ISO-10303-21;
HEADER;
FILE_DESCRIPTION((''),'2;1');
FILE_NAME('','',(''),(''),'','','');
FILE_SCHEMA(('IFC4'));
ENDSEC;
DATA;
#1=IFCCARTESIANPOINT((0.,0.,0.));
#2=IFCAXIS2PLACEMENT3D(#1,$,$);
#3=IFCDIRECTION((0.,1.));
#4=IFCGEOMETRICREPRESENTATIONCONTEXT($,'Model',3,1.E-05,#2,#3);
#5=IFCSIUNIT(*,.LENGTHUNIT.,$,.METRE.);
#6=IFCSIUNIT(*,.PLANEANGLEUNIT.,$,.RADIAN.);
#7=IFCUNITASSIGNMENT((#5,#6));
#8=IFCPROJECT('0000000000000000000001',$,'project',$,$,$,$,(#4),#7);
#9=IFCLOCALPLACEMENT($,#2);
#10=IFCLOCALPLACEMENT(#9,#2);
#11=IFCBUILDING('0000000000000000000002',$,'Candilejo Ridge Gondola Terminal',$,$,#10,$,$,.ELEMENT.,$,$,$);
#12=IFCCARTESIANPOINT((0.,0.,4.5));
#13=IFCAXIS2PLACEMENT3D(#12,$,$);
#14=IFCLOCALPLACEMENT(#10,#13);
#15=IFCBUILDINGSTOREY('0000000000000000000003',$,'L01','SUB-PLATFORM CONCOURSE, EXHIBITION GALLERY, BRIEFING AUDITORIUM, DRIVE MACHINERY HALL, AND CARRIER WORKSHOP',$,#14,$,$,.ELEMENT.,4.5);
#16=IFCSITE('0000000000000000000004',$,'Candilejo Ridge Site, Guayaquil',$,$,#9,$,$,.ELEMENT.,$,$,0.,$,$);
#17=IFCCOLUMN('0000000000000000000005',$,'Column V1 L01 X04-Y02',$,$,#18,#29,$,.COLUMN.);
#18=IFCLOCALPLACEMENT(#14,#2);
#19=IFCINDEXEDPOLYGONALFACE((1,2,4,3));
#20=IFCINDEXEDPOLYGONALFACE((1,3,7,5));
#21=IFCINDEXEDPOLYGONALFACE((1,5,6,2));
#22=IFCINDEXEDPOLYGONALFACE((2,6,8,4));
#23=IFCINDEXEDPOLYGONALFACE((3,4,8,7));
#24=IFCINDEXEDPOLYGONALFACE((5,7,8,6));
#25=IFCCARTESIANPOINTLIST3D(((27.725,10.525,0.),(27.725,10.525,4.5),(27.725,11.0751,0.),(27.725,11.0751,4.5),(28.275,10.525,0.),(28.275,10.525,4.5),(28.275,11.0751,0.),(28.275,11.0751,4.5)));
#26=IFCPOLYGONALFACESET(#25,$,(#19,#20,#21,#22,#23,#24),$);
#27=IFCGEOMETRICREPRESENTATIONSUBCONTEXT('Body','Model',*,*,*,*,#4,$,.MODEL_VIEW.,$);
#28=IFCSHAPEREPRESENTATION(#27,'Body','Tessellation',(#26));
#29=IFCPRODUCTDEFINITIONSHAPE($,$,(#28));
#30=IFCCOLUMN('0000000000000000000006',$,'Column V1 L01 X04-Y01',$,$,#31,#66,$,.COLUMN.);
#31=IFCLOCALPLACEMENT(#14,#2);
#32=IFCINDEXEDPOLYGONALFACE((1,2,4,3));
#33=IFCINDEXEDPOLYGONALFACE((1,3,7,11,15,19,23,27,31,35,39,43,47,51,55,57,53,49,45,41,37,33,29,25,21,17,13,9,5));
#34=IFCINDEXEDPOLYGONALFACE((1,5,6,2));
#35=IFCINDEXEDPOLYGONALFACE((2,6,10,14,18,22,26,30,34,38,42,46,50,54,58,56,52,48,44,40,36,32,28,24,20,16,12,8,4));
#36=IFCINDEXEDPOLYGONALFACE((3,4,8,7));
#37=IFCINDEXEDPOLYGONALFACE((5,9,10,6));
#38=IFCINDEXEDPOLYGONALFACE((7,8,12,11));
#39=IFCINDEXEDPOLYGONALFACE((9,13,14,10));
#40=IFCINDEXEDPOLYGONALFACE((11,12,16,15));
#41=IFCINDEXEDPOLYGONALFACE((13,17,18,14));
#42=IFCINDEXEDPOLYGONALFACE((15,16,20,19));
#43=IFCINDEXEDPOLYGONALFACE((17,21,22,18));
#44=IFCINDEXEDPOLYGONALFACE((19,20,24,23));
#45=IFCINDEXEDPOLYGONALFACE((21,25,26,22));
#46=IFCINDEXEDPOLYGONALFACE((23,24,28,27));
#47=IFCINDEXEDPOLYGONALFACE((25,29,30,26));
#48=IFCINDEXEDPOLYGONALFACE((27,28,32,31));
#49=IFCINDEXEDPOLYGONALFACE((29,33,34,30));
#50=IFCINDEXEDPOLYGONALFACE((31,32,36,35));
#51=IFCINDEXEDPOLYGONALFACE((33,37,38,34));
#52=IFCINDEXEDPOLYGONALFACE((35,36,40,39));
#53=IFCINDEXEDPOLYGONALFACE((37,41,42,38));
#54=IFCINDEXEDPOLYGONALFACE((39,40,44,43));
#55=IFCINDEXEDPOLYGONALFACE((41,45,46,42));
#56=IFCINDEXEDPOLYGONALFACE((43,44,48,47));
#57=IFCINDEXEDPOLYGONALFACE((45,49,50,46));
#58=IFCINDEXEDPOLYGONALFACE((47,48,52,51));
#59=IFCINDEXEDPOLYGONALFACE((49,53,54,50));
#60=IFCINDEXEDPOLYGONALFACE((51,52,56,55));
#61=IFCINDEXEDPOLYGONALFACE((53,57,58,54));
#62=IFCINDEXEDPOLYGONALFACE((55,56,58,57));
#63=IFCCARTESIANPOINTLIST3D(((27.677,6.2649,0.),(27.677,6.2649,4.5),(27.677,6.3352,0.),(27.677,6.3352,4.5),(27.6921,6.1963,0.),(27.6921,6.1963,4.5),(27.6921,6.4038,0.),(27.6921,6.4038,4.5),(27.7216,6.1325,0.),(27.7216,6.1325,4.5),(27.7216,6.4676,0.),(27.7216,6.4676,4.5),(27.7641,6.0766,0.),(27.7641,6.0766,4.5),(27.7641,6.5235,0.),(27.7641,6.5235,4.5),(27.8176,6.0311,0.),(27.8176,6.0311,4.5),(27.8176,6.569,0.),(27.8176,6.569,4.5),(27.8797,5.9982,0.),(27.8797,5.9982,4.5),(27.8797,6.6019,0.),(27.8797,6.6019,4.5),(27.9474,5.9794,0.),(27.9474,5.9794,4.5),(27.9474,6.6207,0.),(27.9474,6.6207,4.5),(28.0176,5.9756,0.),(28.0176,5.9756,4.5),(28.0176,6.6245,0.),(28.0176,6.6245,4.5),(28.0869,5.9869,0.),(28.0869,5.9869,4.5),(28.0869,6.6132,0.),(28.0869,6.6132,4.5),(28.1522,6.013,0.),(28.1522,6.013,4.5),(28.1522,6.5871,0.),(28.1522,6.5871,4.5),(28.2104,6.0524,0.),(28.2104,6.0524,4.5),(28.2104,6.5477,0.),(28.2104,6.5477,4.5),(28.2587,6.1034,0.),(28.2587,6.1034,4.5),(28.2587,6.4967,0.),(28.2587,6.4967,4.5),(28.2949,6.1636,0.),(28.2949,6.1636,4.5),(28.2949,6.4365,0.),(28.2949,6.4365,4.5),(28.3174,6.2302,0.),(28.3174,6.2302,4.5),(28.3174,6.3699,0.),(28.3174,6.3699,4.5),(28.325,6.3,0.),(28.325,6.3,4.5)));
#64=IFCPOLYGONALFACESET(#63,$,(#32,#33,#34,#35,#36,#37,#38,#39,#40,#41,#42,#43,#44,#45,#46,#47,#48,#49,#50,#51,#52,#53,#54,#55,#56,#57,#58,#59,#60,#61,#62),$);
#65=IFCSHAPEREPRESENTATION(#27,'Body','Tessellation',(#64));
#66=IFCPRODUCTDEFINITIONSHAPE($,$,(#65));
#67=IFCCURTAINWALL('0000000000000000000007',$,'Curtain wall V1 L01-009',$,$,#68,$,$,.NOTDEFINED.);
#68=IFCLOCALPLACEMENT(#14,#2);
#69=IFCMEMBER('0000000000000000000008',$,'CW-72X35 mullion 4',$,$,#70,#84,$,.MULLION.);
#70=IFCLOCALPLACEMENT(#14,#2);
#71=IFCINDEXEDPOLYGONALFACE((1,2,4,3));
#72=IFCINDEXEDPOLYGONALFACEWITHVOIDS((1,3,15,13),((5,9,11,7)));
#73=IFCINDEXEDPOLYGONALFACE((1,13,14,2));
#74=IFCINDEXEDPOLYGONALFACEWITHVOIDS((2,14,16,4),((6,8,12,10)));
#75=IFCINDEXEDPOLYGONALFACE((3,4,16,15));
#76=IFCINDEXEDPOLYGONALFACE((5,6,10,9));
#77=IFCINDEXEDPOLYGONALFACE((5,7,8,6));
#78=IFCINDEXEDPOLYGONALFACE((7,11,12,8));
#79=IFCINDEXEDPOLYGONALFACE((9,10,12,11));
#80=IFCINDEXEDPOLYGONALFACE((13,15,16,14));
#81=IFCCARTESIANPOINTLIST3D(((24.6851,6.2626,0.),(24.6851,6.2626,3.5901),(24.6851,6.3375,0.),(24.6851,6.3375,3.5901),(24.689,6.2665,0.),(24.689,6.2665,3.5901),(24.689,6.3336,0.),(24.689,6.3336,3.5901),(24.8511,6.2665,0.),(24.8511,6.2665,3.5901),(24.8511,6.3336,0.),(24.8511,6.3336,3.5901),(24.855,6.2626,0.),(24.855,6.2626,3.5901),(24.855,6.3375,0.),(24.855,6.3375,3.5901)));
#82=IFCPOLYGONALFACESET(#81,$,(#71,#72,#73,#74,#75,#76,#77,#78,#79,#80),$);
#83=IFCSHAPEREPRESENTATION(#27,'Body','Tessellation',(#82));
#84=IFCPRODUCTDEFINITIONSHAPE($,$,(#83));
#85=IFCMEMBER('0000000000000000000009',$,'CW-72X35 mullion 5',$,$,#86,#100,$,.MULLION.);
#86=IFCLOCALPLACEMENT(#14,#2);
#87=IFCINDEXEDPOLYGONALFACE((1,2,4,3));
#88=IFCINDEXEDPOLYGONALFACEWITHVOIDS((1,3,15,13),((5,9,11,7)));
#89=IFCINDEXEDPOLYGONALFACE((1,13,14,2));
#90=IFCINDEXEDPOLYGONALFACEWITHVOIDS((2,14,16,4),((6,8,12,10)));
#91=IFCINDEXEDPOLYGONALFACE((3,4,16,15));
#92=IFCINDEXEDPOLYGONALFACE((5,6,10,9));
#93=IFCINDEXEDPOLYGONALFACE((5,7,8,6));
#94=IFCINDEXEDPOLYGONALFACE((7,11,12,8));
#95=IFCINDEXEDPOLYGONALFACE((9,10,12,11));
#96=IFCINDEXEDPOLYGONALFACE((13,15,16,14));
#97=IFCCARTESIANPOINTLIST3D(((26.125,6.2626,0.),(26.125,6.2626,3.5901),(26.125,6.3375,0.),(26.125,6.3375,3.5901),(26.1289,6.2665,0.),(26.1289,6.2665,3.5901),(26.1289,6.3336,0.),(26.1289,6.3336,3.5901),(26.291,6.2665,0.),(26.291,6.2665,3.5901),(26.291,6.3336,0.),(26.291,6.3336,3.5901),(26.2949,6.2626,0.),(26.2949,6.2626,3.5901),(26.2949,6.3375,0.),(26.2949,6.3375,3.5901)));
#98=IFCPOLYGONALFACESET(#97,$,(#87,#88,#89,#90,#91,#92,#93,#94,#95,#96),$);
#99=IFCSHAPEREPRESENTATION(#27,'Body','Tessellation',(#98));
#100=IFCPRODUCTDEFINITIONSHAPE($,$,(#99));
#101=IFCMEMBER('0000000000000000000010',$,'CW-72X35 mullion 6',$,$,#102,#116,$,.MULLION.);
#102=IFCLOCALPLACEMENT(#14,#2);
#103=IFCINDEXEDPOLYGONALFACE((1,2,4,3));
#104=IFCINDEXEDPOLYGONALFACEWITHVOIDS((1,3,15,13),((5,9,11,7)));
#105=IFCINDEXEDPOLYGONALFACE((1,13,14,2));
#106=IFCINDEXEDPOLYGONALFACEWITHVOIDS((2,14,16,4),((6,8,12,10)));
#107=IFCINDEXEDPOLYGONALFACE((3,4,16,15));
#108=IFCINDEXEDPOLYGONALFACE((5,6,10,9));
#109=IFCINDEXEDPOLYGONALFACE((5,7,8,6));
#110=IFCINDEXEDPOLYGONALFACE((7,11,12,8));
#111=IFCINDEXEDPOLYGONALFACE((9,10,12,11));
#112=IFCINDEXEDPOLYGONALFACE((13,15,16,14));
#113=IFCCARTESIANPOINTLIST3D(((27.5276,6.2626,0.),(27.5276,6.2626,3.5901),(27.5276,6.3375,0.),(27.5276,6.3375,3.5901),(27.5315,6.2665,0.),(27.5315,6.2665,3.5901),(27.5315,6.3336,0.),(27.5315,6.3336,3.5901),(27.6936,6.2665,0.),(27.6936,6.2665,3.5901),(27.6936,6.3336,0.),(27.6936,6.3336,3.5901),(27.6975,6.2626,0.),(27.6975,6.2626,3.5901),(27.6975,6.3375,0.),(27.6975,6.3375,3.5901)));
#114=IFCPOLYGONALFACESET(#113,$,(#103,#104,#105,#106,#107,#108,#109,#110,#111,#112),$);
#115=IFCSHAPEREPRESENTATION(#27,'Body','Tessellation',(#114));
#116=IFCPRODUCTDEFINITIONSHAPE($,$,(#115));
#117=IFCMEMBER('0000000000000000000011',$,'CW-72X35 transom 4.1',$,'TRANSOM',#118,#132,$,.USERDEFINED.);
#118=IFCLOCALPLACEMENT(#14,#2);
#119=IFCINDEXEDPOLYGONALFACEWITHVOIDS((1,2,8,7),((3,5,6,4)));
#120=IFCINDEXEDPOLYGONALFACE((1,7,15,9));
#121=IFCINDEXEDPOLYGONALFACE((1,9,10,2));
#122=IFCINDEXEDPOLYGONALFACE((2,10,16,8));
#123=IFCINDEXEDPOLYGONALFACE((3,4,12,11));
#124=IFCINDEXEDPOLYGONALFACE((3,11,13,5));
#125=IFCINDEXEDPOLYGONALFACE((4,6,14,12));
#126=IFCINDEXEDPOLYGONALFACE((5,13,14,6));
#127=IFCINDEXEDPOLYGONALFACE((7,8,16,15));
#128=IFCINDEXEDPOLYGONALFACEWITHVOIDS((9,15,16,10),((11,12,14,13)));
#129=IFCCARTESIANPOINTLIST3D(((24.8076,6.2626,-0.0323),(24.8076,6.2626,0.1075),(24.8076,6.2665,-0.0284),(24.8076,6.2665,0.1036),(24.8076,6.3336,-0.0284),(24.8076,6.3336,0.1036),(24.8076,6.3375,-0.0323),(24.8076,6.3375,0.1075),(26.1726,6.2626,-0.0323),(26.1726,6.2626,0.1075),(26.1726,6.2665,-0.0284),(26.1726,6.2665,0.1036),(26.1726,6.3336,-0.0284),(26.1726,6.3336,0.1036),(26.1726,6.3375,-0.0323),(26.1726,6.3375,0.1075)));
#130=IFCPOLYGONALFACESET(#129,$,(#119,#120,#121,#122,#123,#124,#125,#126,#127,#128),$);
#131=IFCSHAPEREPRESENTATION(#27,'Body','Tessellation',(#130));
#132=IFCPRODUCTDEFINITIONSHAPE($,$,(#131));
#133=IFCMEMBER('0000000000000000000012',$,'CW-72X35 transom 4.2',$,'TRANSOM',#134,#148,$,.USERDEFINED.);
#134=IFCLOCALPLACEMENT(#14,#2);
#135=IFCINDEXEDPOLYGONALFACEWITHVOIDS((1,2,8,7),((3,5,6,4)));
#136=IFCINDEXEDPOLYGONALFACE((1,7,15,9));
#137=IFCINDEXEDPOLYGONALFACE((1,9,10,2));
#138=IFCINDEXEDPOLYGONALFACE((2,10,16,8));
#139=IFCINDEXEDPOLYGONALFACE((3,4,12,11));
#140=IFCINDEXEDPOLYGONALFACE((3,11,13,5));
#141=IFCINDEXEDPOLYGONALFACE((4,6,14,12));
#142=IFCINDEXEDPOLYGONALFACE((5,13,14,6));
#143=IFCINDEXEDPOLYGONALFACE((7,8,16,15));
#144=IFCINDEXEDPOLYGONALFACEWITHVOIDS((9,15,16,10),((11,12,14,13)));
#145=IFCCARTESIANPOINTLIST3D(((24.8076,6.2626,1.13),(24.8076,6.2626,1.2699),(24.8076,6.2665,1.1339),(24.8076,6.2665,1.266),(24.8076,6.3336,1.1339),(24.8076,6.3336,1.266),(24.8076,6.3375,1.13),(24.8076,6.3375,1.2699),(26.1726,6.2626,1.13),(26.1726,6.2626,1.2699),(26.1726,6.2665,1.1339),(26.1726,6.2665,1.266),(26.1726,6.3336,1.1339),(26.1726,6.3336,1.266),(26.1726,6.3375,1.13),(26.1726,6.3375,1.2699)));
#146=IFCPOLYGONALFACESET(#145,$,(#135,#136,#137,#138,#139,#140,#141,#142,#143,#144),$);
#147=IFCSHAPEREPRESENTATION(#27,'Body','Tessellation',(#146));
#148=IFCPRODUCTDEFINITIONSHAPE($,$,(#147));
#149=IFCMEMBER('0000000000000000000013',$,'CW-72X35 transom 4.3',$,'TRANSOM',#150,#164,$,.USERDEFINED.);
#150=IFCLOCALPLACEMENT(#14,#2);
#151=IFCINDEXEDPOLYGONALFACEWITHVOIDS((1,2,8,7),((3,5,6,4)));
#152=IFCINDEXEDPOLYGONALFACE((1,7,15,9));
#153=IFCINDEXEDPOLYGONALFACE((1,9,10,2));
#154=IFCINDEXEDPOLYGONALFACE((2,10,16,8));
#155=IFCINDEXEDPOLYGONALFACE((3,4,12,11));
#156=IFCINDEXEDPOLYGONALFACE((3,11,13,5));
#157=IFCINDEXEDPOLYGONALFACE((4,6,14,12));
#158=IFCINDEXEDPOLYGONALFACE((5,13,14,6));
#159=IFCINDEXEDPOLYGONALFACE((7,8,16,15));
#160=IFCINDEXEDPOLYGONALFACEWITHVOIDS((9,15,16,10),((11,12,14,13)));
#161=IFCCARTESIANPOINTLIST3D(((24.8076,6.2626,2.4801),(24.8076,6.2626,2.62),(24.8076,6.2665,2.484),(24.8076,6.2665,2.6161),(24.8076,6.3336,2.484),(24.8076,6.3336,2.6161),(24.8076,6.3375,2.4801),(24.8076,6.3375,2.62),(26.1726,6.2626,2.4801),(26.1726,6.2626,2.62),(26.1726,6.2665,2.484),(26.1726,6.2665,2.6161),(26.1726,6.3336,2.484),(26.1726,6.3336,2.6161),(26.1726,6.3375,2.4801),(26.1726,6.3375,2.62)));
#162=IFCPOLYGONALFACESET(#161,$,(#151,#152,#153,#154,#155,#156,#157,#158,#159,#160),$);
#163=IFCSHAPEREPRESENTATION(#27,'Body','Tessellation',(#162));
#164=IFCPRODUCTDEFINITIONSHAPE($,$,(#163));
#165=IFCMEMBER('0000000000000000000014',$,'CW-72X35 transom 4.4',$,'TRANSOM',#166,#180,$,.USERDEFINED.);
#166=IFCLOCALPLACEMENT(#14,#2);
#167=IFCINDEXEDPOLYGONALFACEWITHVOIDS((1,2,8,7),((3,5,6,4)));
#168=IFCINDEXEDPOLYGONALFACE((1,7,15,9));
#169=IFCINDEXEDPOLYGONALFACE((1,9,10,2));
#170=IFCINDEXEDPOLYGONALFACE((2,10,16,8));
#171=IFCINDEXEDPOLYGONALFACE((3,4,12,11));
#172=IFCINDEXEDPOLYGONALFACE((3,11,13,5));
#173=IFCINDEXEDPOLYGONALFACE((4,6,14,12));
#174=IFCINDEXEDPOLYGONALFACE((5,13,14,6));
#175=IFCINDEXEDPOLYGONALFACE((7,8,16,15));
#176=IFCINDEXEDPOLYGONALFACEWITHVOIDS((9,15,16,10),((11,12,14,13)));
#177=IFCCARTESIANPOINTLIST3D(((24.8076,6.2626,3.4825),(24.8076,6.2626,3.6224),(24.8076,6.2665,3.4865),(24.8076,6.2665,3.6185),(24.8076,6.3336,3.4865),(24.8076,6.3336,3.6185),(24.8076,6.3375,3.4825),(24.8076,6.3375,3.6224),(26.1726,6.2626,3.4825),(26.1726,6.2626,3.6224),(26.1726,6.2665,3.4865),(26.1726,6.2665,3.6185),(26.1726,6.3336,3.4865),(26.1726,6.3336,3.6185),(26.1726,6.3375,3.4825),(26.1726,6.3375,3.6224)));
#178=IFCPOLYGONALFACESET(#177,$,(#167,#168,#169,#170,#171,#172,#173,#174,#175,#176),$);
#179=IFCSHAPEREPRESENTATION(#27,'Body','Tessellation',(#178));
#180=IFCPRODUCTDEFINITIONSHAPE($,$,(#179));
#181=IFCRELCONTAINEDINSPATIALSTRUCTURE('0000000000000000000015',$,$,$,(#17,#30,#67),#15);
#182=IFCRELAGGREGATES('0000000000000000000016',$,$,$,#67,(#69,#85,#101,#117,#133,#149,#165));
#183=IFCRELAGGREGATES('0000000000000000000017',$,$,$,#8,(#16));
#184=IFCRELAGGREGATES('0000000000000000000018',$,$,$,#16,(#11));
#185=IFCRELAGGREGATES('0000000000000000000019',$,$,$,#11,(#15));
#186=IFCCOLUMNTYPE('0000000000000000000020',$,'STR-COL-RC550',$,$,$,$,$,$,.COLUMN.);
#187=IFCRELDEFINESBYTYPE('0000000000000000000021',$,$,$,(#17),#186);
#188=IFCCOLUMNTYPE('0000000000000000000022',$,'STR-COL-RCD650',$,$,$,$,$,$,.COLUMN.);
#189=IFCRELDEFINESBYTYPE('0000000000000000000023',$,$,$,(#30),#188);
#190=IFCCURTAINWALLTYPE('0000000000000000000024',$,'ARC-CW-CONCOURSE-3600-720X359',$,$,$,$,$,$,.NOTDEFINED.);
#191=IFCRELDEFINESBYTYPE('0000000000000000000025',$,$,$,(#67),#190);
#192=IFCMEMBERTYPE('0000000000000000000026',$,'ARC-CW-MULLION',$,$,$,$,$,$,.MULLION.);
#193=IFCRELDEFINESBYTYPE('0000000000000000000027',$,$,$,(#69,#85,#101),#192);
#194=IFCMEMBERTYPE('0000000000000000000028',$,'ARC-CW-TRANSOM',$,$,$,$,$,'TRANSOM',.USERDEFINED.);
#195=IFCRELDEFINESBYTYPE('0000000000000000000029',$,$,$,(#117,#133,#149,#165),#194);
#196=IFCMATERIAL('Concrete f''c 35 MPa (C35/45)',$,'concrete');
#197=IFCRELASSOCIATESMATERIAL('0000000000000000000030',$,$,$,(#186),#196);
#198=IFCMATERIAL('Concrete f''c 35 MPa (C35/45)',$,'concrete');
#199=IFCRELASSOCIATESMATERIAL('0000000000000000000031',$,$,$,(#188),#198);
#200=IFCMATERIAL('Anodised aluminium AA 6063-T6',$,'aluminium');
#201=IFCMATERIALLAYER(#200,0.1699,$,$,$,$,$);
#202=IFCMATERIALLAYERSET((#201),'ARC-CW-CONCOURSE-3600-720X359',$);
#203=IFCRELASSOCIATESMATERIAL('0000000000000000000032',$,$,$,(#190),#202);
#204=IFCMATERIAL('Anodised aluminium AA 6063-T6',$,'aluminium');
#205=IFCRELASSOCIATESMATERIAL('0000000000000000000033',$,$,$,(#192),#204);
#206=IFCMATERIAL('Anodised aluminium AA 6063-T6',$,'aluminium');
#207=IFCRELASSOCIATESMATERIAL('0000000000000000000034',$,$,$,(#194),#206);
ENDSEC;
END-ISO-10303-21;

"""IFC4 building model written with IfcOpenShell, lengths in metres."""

from ifc_helpers import new_model, si_unit, direction, frame, origin, origin_2d, place, context, subcontext, project, spatial, rectangle, hollow_rectangle, circle, extrude, material, layer, layer_set, material_profile, profile_set, type_object, element, aggregate, save


model = new_model("IFC4")

# Units and contexts
model_context = context("Model", 3, precision=1e-05, world=origin(), true_north=direction((0.0, 1.0)))
body_context = subcontext(model_context, "Body", "Model", "MODEL_VIEW")
ifc_project = project(units=[si_unit("LENGTHUNIT", "METRE"), si_unit("PLANEANGLEUNIT", "RADIAN")], contexts=[model_context])

# Site, building, storey
site_placement = place(None, origin())
site = spatial("IfcSite", under=ifc_project, at=site_placement, Name="Candilejo Ridge Site, Guayaquil", CompositionType="ELEMENT", RefElevation=0.0)
building_placement = place(site_placement, origin())
building = spatial("IfcBuilding", under=site, at=building_placement, Name="Candilejo Ridge Gondola Terminal", CompositionType="ELEMENT")
storey_placement = place(building_placement, frame((0.0, 0.0, 4.5)))
storey = spatial("IfcBuildingStorey", under=building, at=storey_placement, Name="L01", Description="SUB-PLATFORM CONCOURSE, EXHIBITION GALLERY, BRIEFING AUDITORIUM, DRIVE MACHINERY HALL, AND CARRIER WORKSHOP", CompositionType="ELEMENT", Elevation=4.5)

# Columns
ifc_material_1 = material(Name="Concrete f'c 35 MPa (C35/45)", Category="concrete")
ifc_material_profile_1 = material_profile(ifc_material_1, rectangle(XDim=0.55, YDim=0.55, at=origin_2d()))
ifc_profile_set_1 = profile_set([ifc_material_profile_1], Name="Concrete f'c 35 MPa (C35/45)")
column_type_1 = type_object("IfcColumnType", Name="STR-COL-RC550", PredefinedType="COLUMN", material=ifc_profile_set_1)
column_1_placement = place(storey_placement, frame((28.0, 10.8, 0.0), z_axis=(0.0, 0.0, 1.0), x_axis=(1.0, 0.0, 0.0)))
element("IfcColumn", 1, at=column_1_placement, inside=storey, type_object=column_type_1, Name="Column V1 L01 X04-Y02", PredefinedType="COLUMN", context=body_context, shape_type="SweptSolid", body=[
    extrude(rectangle(XDim=0.55, YDim=0.55, at=origin_2d()), origin(), (0.0, 0.0, 1.0), 4.5),
])
ifc_material_2 = material(Name="Concrete f'c 35 MPa (C35/45)", Category="concrete")
ifc_material_profile_2 = material_profile(ifc_material_2, circle(Radius=0.325, at=origin_2d()))
ifc_profile_set_2 = profile_set([ifc_material_profile_2], Name="Concrete f'c 35 MPa (C35/45)")
column_type_2 = type_object("IfcColumnType", Name="STR-COL-RCD650", PredefinedType="COLUMN", material=ifc_profile_set_2)
column_2_placement = place(storey_placement, frame((28.0, 6.3, 0.0), z_axis=(0.0, 0.0, 1.0), x_axis=(1.0, 0.0, 0.0)))
element("IfcColumn", 2, at=column_2_placement, inside=storey, type_object=column_type_2, Name="Column V1 L01 X04-Y01", PredefinedType="COLUMN", context=body_context, shape_type="SweptSolid", body=[
    extrude(circle(Radius=0.325, at=origin_2d()), origin(), (0.0, 0.0, 1.0), 4.5),
])

# Curtain wall, members
ifc_material_3 = material(Name="Anodised aluminium AA 6063-T6", Category="aluminium")
ifc_layer_1 = layer(ifc_material_3, 0.1699)
ifc_layer_set_1 = layer_set([ifc_layer_1], Name="ARC-CW-CONCOURSE-3600-720X359")
curtain_wall_type = type_object("IfcCurtainWallType", Name="ARC-CW-CONCOURSE-3600-720X359", PredefinedType="NOTDEFINED", material=ifc_layer_set_1)
curtain_wall_placement = place(storey_placement, origin())
curtain_wall = element("IfcCurtainWall", 3, at=curtain_wall_placement, inside=storey, type_object=curtain_wall_type, Name="Curtain wall V1 L01-009", PredefinedType="NOTDEFINED")
ifc_material_4 = material(Name="Anodised aluminium AA 6063-T6", Category="aluminium")
ifc_material_profile_3 = material_profile(ifc_material_4, hollow_rectangle(XDim=0.075, YDim=0.1699, WallThickness=0.0039, at=origin_2d()))
ifc_profile_set_3 = profile_set([ifc_material_profile_3], Name="Anodised aluminium AA 6063-T6")
member_type_1 = type_object("IfcMemberType", Name="ARC-CW-MULLION", PredefinedType="MULLION", material=ifc_profile_set_3)
member_1_placement = place(storey_placement, frame((24.77, 6.3, 0.0), z_axis=(0.0, 0.0, 1.0), x_axis=(0.0, 1.0, 0.0)))
member_1 = element("IfcMember", 4, at=member_1_placement, type_object=member_type_1, Name="CW-72X35 mullion 4", PredefinedType="MULLION", context=body_context, shape_type="SweptSolid", body=[
    extrude(hollow_rectangle(XDim=0.075, YDim=0.1699, WallThickness=0.0039, at=origin_2d()), origin(), (0.0, 0.0, 1.0), 3.5901),
])
member_2_placement = place(storey_placement, frame((26.21, 6.3, 0.0), z_axis=(0.0, 0.0, 1.0), x_axis=(0.0, 1.0, 0.0)))
member_2 = element("IfcMember", 5, at=member_2_placement, type_object=member_type_1, Name="CW-72X35 mullion 5", PredefinedType="MULLION", context=body_context, shape_type="SweptSolid", body=[
    extrude(hollow_rectangle(XDim=0.075, YDim=0.1699, WallThickness=0.0039, at=origin_2d()), origin(), (0.0, 0.0, 1.0), 3.5901),
])
member_3_placement = place(storey_placement, frame((27.6125, 6.3, 0.0), z_axis=(0.0, 0.0, 1.0), x_axis=(0.0, 1.0, 0.0)))
member_3 = element("IfcMember", 6, at=member_3_placement, type_object=member_type_1, Name="CW-72X35 mullion 6", PredefinedType="MULLION", context=body_context, shape_type="SweptSolid", body=[
    extrude(hollow_rectangle(XDim=0.075, YDim=0.1699, WallThickness=0.0039, at=origin_2d()), origin(), (0.0, 0.0, 1.0), 3.5901),
])
ifc_material_5 = material(Name="Anodised aluminium AA 6063-T6", Category="aluminium")
ifc_material_profile_4 = material_profile(ifc_material_5, hollow_rectangle(XDim=0.075, YDim=0.1399, WallThickness=0.0039, at=origin_2d()))
ifc_profile_set_4 = profile_set([ifc_material_profile_4], Name="Anodised aluminium AA 6063-T6")
member_type_2 = type_object("IfcMemberType", Name="ARC-CW-TRANSOM", ElementType="TRANSOM", PredefinedType="USERDEFINED", material=ifc_profile_set_4)
member_4_placement = place(storey_placement, frame((24.8076, 6.3, 0.0376), z_axis=(1.0, 0.0, 0.0), x_axis=(0.0, 1.0, 0.0)))
member_4 = element("IfcMember", 7, at=member_4_placement, type_object=member_type_2, Name="CW-72X35 transom 4.1", ObjectType="TRANSOM", PredefinedType="USERDEFINED", context=body_context, shape_type="SweptSolid", body=[
    extrude(hollow_rectangle(XDim=0.075, YDim=0.1399, WallThickness=0.0039, at=origin_2d()), origin(), (0.0, 0.0, 1.0), 1.365),
])
member_5_placement = place(storey_placement, frame((24.8076, 6.3, 1.2), z_axis=(1.0, 0.0, 0.0), x_axis=(0.0, 1.0, 0.0)))
member_5 = element("IfcMember", 8, at=member_5_placement, type_object=member_type_2, Name="CW-72X35 transom 4.2", ObjectType="TRANSOM", PredefinedType="USERDEFINED", context=body_context, shape_type="SweptSolid", body=[
    extrude(hollow_rectangle(XDim=0.075, YDim=0.1399, WallThickness=0.0039, at=origin_2d()), origin(), (0.0, 0.0, 1.0), 1.365),
])
member_6_placement = place(storey_placement, frame((24.8076, 6.3, 2.55), z_axis=(1.0, 0.0, 0.0), x_axis=(0.0, 1.0, 0.0)))
member_6 = element("IfcMember", 9, at=member_6_placement, type_object=member_type_2, Name="CW-72X35 transom 4.3", ObjectType="TRANSOM", PredefinedType="USERDEFINED", context=body_context, shape_type="SweptSolid", body=[
    extrude(hollow_rectangle(XDim=0.075, YDim=0.1399, WallThickness=0.0039, at=origin_2d()), origin(), (0.0, 0.0, 1.0), 1.365),
])
member_7_placement = place(storey_placement, frame((24.8076, 6.3, 3.5525), z_axis=(1.0, 0.0, 0.0), x_axis=(0.0, 1.0, 0.0)))
member_7 = element("IfcMember", 10, at=member_7_placement, type_object=member_type_2, Name="CW-72X35 transom 4.4", ObjectType="TRANSOM", PredefinedType="USERDEFINED", context=body_context, shape_type="SweptSolid", body=[
    extrude(hollow_rectangle(XDim=0.075, YDim=0.1399, WallThickness=0.0039, at=origin_2d()), origin(), (0.0, 0.0, 1.0), 1.365),
])

aggregate(curtain_wall, [member_1, member_2, member_3, member_4, member_5, member_6, member_7])

save(model, "model.ifc")
